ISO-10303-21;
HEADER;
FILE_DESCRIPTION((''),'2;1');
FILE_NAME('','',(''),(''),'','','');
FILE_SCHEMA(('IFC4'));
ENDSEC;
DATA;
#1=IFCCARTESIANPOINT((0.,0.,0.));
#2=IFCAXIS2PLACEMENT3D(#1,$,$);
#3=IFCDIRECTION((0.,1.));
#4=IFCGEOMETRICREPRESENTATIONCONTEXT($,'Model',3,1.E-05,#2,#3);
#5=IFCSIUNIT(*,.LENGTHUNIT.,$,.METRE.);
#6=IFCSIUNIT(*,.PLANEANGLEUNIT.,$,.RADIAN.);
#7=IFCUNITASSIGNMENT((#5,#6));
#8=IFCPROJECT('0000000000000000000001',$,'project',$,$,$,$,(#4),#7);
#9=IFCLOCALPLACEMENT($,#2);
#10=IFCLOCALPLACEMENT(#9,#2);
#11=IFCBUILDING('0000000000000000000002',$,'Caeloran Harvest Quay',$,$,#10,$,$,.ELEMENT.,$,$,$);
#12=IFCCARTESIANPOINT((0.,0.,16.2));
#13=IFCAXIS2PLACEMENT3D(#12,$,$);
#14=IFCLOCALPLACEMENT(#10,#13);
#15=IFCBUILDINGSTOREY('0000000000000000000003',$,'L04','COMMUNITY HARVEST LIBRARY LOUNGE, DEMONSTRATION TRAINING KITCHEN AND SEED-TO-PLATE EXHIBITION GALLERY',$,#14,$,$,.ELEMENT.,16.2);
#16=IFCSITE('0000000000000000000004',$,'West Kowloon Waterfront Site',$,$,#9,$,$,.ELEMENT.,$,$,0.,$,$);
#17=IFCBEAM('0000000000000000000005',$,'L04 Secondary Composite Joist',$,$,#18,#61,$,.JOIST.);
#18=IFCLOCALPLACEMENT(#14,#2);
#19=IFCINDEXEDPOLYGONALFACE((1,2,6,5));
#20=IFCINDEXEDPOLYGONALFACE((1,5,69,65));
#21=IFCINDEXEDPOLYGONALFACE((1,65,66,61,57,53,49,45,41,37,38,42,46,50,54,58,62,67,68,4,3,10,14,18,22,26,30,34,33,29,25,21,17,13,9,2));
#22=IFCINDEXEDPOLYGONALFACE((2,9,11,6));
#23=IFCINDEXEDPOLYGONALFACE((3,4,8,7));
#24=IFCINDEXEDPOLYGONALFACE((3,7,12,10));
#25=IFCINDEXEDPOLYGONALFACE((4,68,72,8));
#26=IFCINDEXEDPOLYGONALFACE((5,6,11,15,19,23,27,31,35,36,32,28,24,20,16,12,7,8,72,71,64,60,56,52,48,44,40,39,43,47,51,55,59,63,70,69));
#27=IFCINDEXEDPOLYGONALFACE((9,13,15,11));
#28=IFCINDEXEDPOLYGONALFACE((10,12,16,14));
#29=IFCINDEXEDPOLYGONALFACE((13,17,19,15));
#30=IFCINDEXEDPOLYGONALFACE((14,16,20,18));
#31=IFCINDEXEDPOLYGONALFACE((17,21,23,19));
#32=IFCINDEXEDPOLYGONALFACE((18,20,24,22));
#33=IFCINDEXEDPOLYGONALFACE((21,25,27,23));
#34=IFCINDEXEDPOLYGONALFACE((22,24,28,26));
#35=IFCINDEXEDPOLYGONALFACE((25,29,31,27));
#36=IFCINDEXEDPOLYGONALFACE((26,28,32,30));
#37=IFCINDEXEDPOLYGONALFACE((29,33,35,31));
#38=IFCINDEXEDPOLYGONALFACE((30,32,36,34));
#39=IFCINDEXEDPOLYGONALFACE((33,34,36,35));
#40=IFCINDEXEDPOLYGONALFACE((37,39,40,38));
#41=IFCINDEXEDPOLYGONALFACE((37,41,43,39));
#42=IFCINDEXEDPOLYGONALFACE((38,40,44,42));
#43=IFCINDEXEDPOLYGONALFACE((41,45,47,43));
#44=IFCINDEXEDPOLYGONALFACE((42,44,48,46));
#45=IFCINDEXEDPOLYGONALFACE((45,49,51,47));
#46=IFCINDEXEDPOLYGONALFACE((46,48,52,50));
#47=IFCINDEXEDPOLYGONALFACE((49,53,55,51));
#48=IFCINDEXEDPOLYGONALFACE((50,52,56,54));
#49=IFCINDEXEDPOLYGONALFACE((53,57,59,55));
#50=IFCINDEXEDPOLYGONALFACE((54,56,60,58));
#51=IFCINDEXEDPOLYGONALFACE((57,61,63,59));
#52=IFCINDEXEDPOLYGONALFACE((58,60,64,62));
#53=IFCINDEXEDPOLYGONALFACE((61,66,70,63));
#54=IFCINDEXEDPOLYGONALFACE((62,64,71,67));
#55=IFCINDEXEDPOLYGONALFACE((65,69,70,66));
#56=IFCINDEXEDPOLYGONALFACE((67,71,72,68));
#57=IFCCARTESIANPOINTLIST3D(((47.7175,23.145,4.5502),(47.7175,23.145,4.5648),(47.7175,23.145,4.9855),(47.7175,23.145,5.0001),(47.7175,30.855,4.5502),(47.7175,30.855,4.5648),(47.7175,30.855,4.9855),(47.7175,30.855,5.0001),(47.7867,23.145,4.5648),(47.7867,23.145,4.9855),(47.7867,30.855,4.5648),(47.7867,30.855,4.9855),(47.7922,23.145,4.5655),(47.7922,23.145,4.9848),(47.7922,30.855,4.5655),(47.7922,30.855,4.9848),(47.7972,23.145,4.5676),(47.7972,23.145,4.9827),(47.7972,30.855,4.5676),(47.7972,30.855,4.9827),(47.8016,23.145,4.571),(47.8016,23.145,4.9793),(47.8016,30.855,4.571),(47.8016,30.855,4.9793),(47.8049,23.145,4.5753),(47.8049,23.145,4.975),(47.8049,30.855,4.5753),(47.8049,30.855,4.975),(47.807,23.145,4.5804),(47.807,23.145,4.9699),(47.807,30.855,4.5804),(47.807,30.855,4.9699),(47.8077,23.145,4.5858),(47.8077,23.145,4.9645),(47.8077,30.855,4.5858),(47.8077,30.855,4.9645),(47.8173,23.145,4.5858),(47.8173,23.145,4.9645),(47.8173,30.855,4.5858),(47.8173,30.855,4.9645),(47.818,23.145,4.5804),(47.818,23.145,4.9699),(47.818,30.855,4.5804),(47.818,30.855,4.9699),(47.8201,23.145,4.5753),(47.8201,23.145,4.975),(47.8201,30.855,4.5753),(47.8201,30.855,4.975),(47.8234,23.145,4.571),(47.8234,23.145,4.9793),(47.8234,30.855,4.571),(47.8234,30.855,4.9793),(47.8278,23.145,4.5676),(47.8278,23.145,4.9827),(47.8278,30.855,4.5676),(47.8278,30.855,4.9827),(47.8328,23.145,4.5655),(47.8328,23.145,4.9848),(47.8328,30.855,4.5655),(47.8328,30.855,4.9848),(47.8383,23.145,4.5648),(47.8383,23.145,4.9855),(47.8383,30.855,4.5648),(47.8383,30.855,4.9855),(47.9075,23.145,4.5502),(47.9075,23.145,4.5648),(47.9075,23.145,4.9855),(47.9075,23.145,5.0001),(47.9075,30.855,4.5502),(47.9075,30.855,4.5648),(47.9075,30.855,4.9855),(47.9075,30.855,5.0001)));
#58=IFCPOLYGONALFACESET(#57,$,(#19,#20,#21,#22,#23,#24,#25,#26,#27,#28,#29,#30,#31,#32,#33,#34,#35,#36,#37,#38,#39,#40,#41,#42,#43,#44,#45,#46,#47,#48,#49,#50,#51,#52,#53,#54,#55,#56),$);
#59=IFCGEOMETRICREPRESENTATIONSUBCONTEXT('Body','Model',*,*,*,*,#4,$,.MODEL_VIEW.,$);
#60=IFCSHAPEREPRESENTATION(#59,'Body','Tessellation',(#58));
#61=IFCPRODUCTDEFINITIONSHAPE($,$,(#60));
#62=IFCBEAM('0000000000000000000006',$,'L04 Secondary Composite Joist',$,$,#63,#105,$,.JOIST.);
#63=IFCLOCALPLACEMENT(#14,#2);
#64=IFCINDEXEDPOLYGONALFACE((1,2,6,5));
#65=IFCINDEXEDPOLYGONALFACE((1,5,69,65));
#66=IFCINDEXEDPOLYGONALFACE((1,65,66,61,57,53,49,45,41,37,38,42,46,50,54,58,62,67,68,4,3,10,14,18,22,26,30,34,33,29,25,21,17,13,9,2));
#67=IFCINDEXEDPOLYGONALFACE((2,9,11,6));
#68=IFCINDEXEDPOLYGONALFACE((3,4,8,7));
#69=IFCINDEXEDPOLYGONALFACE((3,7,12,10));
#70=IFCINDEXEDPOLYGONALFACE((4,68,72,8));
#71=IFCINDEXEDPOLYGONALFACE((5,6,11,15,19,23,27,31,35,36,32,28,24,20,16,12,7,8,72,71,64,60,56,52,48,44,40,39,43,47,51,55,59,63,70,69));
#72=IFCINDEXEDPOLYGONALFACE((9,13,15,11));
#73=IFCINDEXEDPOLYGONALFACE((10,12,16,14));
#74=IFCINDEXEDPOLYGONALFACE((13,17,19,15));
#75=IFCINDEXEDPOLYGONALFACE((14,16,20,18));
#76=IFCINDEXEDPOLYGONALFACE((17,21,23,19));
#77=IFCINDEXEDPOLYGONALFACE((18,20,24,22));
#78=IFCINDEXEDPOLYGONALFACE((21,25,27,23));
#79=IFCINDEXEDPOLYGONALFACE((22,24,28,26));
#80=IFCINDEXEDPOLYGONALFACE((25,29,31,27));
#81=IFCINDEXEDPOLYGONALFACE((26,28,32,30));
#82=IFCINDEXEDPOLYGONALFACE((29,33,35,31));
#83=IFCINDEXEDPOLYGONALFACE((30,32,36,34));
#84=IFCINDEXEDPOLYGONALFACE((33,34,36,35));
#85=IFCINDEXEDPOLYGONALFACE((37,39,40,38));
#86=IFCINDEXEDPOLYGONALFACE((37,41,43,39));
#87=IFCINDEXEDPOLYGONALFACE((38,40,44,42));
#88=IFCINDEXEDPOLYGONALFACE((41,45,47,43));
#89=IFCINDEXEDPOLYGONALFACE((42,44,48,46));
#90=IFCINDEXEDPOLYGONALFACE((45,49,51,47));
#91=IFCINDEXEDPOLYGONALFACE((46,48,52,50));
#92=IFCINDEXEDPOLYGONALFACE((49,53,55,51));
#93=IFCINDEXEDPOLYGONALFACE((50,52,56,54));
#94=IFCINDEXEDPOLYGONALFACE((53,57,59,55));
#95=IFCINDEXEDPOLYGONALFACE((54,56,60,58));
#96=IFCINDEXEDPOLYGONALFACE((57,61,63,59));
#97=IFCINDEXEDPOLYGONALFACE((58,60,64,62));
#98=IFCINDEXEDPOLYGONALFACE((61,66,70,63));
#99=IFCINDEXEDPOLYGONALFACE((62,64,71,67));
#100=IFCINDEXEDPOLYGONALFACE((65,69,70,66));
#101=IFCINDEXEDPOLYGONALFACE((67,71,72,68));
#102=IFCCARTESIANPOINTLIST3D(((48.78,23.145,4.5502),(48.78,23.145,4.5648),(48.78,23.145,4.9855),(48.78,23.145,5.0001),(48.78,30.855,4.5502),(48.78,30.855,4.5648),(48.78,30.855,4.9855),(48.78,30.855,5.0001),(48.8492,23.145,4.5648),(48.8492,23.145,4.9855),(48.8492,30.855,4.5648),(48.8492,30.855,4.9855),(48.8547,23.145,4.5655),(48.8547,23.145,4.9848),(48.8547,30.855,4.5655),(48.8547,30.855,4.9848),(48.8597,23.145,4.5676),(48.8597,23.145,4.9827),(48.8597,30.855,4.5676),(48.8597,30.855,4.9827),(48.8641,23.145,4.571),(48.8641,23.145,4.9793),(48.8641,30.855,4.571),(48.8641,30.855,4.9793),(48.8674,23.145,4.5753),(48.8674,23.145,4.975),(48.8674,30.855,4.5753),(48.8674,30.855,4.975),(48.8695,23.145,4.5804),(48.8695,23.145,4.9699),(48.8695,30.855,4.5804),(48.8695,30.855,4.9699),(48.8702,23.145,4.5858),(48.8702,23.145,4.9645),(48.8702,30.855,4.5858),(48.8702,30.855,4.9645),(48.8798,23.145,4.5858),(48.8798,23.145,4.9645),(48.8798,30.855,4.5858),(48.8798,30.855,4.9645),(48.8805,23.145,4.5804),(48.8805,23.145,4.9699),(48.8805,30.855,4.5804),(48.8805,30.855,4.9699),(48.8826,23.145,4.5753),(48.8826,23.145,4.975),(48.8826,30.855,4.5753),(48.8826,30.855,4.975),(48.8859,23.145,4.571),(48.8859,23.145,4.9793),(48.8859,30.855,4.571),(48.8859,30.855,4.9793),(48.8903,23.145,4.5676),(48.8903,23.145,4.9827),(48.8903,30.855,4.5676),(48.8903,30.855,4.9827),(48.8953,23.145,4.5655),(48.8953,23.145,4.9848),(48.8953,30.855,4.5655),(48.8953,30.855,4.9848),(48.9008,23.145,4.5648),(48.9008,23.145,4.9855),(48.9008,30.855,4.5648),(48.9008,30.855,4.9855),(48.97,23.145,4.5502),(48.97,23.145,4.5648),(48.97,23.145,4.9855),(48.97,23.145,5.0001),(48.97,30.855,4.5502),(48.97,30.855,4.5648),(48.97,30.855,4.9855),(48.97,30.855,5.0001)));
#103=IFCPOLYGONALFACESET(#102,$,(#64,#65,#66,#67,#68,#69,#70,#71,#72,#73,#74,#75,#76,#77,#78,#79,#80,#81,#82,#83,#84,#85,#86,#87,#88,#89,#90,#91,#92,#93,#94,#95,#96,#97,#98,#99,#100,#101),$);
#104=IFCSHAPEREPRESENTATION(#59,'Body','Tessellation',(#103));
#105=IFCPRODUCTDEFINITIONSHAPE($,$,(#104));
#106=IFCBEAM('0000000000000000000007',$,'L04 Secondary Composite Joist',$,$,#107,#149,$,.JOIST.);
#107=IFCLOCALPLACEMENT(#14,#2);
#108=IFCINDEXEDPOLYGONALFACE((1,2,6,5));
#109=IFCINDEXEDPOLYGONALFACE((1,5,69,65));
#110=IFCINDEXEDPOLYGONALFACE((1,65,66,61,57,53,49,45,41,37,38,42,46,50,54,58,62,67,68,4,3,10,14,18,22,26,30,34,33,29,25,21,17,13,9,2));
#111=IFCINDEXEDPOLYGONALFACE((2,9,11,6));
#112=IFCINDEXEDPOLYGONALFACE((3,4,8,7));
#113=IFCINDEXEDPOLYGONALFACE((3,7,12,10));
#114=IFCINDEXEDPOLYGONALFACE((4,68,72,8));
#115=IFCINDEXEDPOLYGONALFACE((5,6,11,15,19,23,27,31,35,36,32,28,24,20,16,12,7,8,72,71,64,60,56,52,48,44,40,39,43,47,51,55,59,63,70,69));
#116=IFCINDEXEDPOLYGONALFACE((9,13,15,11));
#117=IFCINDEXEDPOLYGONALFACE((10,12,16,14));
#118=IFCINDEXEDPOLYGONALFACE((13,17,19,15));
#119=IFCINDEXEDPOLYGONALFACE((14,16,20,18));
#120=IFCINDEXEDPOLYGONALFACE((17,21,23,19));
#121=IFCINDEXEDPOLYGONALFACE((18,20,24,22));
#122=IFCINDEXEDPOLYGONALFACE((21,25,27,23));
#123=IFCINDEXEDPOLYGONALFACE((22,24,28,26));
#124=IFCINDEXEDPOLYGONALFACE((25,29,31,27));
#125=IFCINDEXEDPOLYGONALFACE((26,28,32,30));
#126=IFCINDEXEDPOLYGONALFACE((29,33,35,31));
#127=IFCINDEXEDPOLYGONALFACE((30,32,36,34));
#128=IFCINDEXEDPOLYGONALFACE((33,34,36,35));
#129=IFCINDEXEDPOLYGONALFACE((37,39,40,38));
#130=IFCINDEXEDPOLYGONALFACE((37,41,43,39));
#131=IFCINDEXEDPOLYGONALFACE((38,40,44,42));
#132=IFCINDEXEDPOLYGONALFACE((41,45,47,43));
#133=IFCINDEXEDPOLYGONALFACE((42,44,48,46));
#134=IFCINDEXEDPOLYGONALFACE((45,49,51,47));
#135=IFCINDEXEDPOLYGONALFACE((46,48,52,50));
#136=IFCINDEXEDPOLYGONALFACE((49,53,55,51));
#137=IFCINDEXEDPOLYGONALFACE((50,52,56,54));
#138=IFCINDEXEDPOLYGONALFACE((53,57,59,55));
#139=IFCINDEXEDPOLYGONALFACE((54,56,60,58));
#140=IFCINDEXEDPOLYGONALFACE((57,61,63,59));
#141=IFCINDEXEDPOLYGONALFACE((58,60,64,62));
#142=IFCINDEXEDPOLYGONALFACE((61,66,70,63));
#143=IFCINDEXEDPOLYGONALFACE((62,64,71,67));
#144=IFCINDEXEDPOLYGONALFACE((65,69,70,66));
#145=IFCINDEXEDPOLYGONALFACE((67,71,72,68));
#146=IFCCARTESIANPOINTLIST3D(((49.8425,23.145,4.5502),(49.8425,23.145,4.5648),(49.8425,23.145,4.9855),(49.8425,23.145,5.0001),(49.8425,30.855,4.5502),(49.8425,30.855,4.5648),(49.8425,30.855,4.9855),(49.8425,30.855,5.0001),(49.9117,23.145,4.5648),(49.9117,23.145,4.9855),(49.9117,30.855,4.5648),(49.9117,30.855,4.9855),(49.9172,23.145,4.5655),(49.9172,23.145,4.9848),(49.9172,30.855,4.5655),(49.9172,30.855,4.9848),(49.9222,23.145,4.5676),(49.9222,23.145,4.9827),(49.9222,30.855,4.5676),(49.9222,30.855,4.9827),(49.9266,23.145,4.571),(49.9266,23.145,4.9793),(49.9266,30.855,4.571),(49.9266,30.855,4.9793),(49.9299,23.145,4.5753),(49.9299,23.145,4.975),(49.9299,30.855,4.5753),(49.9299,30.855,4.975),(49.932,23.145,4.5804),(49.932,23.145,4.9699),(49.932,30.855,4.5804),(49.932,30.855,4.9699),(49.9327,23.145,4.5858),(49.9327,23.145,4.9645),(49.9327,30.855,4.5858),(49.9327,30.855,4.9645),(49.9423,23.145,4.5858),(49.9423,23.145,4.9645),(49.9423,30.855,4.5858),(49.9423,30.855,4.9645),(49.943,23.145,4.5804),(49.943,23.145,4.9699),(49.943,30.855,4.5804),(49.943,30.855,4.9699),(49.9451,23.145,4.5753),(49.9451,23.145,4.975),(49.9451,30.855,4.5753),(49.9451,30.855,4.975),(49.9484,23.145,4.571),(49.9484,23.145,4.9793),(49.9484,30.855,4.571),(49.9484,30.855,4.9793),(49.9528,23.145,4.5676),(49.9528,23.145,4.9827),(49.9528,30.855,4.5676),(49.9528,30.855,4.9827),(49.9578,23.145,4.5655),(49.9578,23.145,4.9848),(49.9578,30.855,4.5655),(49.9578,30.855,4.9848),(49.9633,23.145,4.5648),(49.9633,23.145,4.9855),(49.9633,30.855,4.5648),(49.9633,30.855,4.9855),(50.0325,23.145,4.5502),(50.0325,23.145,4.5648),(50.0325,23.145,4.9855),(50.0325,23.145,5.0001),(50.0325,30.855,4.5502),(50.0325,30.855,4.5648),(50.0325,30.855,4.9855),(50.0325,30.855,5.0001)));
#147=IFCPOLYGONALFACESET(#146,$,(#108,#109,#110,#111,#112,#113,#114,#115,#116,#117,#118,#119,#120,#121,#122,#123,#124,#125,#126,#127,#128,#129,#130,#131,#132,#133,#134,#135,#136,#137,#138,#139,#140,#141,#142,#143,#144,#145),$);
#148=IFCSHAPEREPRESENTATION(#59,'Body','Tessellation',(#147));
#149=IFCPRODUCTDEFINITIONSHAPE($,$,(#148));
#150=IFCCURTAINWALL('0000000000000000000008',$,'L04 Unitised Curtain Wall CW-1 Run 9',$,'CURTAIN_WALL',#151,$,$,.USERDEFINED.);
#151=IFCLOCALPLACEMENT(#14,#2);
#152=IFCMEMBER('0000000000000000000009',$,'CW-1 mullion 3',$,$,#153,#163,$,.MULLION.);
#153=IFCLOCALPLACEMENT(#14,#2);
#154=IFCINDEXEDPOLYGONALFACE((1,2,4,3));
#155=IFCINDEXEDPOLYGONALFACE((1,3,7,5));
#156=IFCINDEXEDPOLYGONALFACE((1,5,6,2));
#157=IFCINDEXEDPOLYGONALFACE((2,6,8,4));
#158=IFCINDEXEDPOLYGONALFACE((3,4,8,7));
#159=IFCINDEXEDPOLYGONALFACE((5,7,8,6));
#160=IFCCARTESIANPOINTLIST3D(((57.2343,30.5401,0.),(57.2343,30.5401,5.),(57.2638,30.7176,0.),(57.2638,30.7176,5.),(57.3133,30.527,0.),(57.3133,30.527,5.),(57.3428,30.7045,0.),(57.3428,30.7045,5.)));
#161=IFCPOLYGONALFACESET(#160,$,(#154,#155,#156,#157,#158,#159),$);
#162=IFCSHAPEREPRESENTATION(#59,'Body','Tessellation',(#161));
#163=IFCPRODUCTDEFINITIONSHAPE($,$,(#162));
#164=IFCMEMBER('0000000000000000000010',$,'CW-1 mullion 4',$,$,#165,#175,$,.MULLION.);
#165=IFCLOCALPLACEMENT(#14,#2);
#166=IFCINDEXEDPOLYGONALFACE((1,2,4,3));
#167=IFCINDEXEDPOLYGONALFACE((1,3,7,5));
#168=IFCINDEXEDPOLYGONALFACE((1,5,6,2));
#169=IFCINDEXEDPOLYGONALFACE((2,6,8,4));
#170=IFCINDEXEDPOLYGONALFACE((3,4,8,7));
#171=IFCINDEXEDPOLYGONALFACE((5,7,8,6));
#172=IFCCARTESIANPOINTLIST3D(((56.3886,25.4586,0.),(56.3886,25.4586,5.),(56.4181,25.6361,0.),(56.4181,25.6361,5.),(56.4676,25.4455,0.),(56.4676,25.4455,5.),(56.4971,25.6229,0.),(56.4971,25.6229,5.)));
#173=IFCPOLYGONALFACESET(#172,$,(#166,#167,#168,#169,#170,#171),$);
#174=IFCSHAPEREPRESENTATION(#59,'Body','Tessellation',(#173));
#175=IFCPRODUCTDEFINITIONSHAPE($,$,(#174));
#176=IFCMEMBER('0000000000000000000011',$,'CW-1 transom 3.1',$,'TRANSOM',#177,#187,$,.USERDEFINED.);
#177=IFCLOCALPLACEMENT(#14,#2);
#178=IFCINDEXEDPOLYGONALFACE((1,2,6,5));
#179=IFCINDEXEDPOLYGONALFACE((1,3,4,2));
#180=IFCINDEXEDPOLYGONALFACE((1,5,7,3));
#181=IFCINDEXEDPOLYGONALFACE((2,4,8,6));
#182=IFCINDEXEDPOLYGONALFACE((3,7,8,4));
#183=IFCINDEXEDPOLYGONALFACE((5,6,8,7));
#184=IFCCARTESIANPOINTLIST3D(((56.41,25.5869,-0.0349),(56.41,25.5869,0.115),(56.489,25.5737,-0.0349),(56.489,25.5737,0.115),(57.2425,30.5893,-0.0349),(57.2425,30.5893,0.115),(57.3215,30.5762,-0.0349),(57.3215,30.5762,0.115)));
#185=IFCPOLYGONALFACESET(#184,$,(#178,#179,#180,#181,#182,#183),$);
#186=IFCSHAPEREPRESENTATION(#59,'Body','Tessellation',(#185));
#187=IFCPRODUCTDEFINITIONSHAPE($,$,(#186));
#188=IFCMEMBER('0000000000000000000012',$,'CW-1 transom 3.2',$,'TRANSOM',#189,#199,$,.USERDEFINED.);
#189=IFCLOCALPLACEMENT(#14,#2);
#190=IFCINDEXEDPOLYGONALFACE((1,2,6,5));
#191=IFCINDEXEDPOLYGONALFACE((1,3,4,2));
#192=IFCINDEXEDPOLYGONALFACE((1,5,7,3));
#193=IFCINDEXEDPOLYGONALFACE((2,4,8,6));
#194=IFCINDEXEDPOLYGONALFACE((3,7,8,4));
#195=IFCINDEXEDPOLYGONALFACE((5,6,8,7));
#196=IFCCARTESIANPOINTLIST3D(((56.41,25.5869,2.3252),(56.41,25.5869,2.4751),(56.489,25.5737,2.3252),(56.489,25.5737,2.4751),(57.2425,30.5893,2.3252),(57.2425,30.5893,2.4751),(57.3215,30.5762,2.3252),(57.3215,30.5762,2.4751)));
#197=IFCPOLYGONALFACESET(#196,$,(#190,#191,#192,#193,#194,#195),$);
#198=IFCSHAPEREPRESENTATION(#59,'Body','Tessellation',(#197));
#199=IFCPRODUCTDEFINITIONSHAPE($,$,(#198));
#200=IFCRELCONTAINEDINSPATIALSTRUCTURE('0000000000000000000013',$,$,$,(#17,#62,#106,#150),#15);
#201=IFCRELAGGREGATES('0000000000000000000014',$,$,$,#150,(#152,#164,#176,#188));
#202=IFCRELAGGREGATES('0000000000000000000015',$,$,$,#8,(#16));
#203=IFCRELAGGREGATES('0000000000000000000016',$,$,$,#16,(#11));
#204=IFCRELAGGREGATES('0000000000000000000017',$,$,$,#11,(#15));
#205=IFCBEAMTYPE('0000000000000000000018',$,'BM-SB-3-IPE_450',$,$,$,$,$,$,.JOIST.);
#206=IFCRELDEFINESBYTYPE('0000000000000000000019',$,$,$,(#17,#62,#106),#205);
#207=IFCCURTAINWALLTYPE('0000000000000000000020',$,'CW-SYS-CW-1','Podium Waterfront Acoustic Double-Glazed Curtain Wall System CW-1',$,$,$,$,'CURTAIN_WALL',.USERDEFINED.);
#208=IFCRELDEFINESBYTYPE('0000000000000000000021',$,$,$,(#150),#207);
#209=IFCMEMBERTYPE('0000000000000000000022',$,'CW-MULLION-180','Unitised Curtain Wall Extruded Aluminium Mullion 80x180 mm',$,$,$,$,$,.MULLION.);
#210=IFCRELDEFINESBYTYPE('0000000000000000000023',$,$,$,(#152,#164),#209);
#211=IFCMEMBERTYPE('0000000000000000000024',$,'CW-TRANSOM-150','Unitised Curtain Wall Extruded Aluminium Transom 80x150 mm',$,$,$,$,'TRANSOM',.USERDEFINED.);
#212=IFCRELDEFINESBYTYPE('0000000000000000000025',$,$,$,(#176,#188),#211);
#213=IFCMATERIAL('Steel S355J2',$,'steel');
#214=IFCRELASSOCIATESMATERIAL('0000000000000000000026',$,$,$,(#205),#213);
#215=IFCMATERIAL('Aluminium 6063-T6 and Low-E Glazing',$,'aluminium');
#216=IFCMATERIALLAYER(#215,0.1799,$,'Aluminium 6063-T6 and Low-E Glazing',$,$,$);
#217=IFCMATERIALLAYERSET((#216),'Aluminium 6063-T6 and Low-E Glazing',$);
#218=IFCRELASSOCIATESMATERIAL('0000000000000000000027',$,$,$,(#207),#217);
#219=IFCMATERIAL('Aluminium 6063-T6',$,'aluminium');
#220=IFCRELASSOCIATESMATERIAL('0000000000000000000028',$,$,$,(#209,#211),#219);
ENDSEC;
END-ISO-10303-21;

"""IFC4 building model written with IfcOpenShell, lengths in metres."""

from ifc_helpers import new_model, si_unit, direction, frame, origin, origin_2d, place, context, subcontext, project, spatial, rectangle, i_section, extrude, material, layer, layer_set, material_profile, profile_set, type_object, element, aggregate, save


model = new_model("IFC4")

# Units and contexts
model_context = context("Model", 3, precision=1e-05, world=origin(), true_north=direction((0.0, 1.0)))
body_context = subcontext(model_context, "Body", "Model", "MODEL_VIEW")
ifc_project = project(units=[si_unit("LENGTHUNIT", "METRE"), si_unit("PLANEANGLEUNIT", "RADIAN")], contexts=[model_context])

# Site, building, storey
site_placement = place(None, origin())
site = spatial("IfcSite", under=ifc_project, at=site_placement, Name="West Kowloon Waterfront Site", CompositionType="ELEMENT", RefElevation=0.0)
building_placement = place(site_placement, origin())
building = spatial("IfcBuilding", under=site, at=building_placement, Name="Caeloran Harvest Quay", CompositionType="ELEMENT")
storey_placement = place(building_placement, frame((0.0, 0.0, 16.2)))
storey = spatial("IfcBuildingStorey", under=building, at=storey_placement, Name="L04", Description="COMMUNITY HARVEST LIBRARY LOUNGE, DEMONSTRATION TRAINING KITCHEN AND SEED-TO-PLATE EXHIBITION GALLERY", CompositionType="ELEMENT", Elevation=16.2)

# Beams
ifc_material_1 = material(Name="Steel S355J2", Category="steel")
ifc_material_profile_1 = material_profile(ifc_material_1, i_section(OverallWidth=0.1899, OverallDepth=0.45, WebThickness=0.0095, FlangeThickness=0.0146, FilletRadius=0.021, at=origin_2d()), Name="IPE 450")
ifc_profile_set_1 = profile_set([ifc_material_profile_1], Name="Steel S355J2")
beam_type_1 = type_object("IfcBeamType", Name="BM-SB-3-IPE_450", PredefinedType="JOIST", material=ifc_profile_set_1)
for number, where, z_axis, x_axis, name in (
    (1, (47.8125, 23.145, 4.7751), (0.0, 1.0, 0.0), (-1.0, 0.0, 0.0), "L04 Secondary Composite Joist"),
    (2, (48.875, 23.145, 4.7751), (0.0, 1.0, 0.0), (-1.0, 0.0, 0.0), "L04 Secondary Composite Joist"),
    (3, (49.9375, 23.145, 4.7751), (0.0, 1.0, 0.0), (-1.0, 0.0, 0.0), "L04 Secondary Composite Joist"),
):
    element("IfcBeam", number, at=place(storey_placement, frame(where, z_axis=z_axis, x_axis=x_axis)), inside=storey, type_object=beam_type_1, Name=name, PredefinedType="JOIST", context=body_context, shape_type="SweptSolid", body=[
        extrude(i_section(OverallWidth=0.1899, OverallDepth=0.45, WebThickness=0.0095, FlangeThickness=0.0146, FilletRadius=0.021, at=origin_2d()), origin(), (0.0, 0.0, 1.0), 7.71),
    ])

# Curtain wall, members
ifc_material_2 = material(Name="Aluminium 6063-T6 and Low-E Glazing", Category="aluminium")
ifc_layer_1 = layer(ifc_material_2, 0.1799, Name="Aluminium 6063-T6 and Low-E Glazing")
ifc_layer_set_1 = layer_set([ifc_layer_1], Name="Aluminium 6063-T6 and Low-E Glazing")
curtain_wall_type = type_object("IfcCurtainWallType", Name="CW-SYS-CW-1", Description="Podium Waterfront Acoustic Double-Glazed Curtain Wall System CW-1", ElementType="CURTAIN_WALL", PredefinedType="USERDEFINED", material=ifc_layer_set_1)
curtain_wall_placement = place(storey_placement, origin())
curtain_wall = element("IfcCurtainWall", 4, at=curtain_wall_placement, inside=storey, type_object=curtain_wall_type, Name="L04 Unitised Curtain Wall CW-1 Run 9", ObjectType="CURTAIN_WALL", PredefinedType="USERDEFINED")
ifc_material_3 = material(Name="Aluminium 6063-T6", Category="aluminium")
ifc_material_profile_2 = material_profile(ifc_material_3, rectangle(XDim=0.0801, YDim=0.1799, at=origin_2d()), Name="CW-MULLION-180")
ifc_profile_set_2 = profile_set([ifc_material_profile_2], Name="Aluminium 6063-T6")
member_type_1 = type_object("IfcMemberType", Name="CW-MULLION-180", Description="Unitised Curtain Wall Extruded Aluminium Mullion 80x180 mm", PredefinedType="MULLION", material=ifc_profile_set_2)
member_1_placement = place(storey_placement, frame((57.2886, 30.6223, 0.0), z_axis=(0.0, 0.0, 1.0), x_axis=(0.986431, -0.164174, 0.0)))
member_1 = element("IfcMember", 5, at=member_1_placement, type_object=member_type_1, Name="CW-1 mullion 3", PredefinedType="MULLION", context=body_context, shape_type="SweptSolid", body=[
    extrude(rectangle(XDim=0.0801, YDim=0.1799, at=origin_2d()), origin(), (0.0, 0.0, 1.0), 5.0),
])
member_2_placement = place(storey_placement, frame((56.4429, 25.5408, 0.0), z_axis=(0.0, 0.0, 1.0), x_axis=(0.986431, -0.164174, 0.0)))
member_2 = element("IfcMember", 6, at=member_2_placement, type_object=member_type_1, Name="CW-1 mullion 4", PredefinedType="MULLION", context=body_context, shape_type="SweptSolid", body=[
    extrude(rectangle(XDim=0.0801, YDim=0.1799, at=origin_2d()), origin(), (0.0, 0.0, 1.0), 5.0),
])
ifc_material_profile_3 = material_profile(ifc_material_3, rectangle(XDim=0.0801, YDim=0.1499, at=origin_2d()), Name="CW-TRANSOM-150")
ifc_profile_set_3 = profile_set([ifc_material_profile_3], Name="Aluminium 6063-T6")
member_type_2 = type_object("IfcMemberType", Name="CW-TRANSOM-150", Description="Unitised Curtain Wall Extruded Aluminium Transom 80x150 mm", ElementType="TRANSOM", PredefinedType="USERDEFINED", material=ifc_profile_set_3)
member_3_placement = place(storey_placement, frame((57.282, 30.5828, 0.04), z_axis=(-0.164165, -0.986433, 0.0), x_axis=(0.986433, -0.164165, 0.0)))
member_3 = element("IfcMember", 7, at=member_3_placement, type_object=member_type_2, Name="CW-1 transom 3.1", ObjectType="TRANSOM", PredefinedType="USERDEFINED", context=body_context, shape_type="SweptSolid", body=[
    extrude(rectangle(XDim=0.0801, YDim=0.1499, at=origin_2d()), origin(), (0.0, 0.0, 1.0), 5.0713),
])
member_4_placement = place(storey_placement, frame((57.282, 30.5828, 2.4001), z_axis=(-0.164165, -0.986433, 0.0), x_axis=(0.986433, -0.164165, 0.0)))
member_4 = element("IfcMember", 8, at=member_4_placement, type_object=member_type_2, Name="CW-1 transom 3.2", ObjectType="TRANSOM", PredefinedType="USERDEFINED", context=body_context, shape_type="SweptSolid", body=[
    extrude(rectangle(XDim=0.0801, YDim=0.1499, at=origin_2d()), origin(), (0.0, 0.0, 1.0), 5.0713),
])
aggregate(curtain_wall, [member_1, member_2, member_3, member_4])

save(model, "model.ifc")
